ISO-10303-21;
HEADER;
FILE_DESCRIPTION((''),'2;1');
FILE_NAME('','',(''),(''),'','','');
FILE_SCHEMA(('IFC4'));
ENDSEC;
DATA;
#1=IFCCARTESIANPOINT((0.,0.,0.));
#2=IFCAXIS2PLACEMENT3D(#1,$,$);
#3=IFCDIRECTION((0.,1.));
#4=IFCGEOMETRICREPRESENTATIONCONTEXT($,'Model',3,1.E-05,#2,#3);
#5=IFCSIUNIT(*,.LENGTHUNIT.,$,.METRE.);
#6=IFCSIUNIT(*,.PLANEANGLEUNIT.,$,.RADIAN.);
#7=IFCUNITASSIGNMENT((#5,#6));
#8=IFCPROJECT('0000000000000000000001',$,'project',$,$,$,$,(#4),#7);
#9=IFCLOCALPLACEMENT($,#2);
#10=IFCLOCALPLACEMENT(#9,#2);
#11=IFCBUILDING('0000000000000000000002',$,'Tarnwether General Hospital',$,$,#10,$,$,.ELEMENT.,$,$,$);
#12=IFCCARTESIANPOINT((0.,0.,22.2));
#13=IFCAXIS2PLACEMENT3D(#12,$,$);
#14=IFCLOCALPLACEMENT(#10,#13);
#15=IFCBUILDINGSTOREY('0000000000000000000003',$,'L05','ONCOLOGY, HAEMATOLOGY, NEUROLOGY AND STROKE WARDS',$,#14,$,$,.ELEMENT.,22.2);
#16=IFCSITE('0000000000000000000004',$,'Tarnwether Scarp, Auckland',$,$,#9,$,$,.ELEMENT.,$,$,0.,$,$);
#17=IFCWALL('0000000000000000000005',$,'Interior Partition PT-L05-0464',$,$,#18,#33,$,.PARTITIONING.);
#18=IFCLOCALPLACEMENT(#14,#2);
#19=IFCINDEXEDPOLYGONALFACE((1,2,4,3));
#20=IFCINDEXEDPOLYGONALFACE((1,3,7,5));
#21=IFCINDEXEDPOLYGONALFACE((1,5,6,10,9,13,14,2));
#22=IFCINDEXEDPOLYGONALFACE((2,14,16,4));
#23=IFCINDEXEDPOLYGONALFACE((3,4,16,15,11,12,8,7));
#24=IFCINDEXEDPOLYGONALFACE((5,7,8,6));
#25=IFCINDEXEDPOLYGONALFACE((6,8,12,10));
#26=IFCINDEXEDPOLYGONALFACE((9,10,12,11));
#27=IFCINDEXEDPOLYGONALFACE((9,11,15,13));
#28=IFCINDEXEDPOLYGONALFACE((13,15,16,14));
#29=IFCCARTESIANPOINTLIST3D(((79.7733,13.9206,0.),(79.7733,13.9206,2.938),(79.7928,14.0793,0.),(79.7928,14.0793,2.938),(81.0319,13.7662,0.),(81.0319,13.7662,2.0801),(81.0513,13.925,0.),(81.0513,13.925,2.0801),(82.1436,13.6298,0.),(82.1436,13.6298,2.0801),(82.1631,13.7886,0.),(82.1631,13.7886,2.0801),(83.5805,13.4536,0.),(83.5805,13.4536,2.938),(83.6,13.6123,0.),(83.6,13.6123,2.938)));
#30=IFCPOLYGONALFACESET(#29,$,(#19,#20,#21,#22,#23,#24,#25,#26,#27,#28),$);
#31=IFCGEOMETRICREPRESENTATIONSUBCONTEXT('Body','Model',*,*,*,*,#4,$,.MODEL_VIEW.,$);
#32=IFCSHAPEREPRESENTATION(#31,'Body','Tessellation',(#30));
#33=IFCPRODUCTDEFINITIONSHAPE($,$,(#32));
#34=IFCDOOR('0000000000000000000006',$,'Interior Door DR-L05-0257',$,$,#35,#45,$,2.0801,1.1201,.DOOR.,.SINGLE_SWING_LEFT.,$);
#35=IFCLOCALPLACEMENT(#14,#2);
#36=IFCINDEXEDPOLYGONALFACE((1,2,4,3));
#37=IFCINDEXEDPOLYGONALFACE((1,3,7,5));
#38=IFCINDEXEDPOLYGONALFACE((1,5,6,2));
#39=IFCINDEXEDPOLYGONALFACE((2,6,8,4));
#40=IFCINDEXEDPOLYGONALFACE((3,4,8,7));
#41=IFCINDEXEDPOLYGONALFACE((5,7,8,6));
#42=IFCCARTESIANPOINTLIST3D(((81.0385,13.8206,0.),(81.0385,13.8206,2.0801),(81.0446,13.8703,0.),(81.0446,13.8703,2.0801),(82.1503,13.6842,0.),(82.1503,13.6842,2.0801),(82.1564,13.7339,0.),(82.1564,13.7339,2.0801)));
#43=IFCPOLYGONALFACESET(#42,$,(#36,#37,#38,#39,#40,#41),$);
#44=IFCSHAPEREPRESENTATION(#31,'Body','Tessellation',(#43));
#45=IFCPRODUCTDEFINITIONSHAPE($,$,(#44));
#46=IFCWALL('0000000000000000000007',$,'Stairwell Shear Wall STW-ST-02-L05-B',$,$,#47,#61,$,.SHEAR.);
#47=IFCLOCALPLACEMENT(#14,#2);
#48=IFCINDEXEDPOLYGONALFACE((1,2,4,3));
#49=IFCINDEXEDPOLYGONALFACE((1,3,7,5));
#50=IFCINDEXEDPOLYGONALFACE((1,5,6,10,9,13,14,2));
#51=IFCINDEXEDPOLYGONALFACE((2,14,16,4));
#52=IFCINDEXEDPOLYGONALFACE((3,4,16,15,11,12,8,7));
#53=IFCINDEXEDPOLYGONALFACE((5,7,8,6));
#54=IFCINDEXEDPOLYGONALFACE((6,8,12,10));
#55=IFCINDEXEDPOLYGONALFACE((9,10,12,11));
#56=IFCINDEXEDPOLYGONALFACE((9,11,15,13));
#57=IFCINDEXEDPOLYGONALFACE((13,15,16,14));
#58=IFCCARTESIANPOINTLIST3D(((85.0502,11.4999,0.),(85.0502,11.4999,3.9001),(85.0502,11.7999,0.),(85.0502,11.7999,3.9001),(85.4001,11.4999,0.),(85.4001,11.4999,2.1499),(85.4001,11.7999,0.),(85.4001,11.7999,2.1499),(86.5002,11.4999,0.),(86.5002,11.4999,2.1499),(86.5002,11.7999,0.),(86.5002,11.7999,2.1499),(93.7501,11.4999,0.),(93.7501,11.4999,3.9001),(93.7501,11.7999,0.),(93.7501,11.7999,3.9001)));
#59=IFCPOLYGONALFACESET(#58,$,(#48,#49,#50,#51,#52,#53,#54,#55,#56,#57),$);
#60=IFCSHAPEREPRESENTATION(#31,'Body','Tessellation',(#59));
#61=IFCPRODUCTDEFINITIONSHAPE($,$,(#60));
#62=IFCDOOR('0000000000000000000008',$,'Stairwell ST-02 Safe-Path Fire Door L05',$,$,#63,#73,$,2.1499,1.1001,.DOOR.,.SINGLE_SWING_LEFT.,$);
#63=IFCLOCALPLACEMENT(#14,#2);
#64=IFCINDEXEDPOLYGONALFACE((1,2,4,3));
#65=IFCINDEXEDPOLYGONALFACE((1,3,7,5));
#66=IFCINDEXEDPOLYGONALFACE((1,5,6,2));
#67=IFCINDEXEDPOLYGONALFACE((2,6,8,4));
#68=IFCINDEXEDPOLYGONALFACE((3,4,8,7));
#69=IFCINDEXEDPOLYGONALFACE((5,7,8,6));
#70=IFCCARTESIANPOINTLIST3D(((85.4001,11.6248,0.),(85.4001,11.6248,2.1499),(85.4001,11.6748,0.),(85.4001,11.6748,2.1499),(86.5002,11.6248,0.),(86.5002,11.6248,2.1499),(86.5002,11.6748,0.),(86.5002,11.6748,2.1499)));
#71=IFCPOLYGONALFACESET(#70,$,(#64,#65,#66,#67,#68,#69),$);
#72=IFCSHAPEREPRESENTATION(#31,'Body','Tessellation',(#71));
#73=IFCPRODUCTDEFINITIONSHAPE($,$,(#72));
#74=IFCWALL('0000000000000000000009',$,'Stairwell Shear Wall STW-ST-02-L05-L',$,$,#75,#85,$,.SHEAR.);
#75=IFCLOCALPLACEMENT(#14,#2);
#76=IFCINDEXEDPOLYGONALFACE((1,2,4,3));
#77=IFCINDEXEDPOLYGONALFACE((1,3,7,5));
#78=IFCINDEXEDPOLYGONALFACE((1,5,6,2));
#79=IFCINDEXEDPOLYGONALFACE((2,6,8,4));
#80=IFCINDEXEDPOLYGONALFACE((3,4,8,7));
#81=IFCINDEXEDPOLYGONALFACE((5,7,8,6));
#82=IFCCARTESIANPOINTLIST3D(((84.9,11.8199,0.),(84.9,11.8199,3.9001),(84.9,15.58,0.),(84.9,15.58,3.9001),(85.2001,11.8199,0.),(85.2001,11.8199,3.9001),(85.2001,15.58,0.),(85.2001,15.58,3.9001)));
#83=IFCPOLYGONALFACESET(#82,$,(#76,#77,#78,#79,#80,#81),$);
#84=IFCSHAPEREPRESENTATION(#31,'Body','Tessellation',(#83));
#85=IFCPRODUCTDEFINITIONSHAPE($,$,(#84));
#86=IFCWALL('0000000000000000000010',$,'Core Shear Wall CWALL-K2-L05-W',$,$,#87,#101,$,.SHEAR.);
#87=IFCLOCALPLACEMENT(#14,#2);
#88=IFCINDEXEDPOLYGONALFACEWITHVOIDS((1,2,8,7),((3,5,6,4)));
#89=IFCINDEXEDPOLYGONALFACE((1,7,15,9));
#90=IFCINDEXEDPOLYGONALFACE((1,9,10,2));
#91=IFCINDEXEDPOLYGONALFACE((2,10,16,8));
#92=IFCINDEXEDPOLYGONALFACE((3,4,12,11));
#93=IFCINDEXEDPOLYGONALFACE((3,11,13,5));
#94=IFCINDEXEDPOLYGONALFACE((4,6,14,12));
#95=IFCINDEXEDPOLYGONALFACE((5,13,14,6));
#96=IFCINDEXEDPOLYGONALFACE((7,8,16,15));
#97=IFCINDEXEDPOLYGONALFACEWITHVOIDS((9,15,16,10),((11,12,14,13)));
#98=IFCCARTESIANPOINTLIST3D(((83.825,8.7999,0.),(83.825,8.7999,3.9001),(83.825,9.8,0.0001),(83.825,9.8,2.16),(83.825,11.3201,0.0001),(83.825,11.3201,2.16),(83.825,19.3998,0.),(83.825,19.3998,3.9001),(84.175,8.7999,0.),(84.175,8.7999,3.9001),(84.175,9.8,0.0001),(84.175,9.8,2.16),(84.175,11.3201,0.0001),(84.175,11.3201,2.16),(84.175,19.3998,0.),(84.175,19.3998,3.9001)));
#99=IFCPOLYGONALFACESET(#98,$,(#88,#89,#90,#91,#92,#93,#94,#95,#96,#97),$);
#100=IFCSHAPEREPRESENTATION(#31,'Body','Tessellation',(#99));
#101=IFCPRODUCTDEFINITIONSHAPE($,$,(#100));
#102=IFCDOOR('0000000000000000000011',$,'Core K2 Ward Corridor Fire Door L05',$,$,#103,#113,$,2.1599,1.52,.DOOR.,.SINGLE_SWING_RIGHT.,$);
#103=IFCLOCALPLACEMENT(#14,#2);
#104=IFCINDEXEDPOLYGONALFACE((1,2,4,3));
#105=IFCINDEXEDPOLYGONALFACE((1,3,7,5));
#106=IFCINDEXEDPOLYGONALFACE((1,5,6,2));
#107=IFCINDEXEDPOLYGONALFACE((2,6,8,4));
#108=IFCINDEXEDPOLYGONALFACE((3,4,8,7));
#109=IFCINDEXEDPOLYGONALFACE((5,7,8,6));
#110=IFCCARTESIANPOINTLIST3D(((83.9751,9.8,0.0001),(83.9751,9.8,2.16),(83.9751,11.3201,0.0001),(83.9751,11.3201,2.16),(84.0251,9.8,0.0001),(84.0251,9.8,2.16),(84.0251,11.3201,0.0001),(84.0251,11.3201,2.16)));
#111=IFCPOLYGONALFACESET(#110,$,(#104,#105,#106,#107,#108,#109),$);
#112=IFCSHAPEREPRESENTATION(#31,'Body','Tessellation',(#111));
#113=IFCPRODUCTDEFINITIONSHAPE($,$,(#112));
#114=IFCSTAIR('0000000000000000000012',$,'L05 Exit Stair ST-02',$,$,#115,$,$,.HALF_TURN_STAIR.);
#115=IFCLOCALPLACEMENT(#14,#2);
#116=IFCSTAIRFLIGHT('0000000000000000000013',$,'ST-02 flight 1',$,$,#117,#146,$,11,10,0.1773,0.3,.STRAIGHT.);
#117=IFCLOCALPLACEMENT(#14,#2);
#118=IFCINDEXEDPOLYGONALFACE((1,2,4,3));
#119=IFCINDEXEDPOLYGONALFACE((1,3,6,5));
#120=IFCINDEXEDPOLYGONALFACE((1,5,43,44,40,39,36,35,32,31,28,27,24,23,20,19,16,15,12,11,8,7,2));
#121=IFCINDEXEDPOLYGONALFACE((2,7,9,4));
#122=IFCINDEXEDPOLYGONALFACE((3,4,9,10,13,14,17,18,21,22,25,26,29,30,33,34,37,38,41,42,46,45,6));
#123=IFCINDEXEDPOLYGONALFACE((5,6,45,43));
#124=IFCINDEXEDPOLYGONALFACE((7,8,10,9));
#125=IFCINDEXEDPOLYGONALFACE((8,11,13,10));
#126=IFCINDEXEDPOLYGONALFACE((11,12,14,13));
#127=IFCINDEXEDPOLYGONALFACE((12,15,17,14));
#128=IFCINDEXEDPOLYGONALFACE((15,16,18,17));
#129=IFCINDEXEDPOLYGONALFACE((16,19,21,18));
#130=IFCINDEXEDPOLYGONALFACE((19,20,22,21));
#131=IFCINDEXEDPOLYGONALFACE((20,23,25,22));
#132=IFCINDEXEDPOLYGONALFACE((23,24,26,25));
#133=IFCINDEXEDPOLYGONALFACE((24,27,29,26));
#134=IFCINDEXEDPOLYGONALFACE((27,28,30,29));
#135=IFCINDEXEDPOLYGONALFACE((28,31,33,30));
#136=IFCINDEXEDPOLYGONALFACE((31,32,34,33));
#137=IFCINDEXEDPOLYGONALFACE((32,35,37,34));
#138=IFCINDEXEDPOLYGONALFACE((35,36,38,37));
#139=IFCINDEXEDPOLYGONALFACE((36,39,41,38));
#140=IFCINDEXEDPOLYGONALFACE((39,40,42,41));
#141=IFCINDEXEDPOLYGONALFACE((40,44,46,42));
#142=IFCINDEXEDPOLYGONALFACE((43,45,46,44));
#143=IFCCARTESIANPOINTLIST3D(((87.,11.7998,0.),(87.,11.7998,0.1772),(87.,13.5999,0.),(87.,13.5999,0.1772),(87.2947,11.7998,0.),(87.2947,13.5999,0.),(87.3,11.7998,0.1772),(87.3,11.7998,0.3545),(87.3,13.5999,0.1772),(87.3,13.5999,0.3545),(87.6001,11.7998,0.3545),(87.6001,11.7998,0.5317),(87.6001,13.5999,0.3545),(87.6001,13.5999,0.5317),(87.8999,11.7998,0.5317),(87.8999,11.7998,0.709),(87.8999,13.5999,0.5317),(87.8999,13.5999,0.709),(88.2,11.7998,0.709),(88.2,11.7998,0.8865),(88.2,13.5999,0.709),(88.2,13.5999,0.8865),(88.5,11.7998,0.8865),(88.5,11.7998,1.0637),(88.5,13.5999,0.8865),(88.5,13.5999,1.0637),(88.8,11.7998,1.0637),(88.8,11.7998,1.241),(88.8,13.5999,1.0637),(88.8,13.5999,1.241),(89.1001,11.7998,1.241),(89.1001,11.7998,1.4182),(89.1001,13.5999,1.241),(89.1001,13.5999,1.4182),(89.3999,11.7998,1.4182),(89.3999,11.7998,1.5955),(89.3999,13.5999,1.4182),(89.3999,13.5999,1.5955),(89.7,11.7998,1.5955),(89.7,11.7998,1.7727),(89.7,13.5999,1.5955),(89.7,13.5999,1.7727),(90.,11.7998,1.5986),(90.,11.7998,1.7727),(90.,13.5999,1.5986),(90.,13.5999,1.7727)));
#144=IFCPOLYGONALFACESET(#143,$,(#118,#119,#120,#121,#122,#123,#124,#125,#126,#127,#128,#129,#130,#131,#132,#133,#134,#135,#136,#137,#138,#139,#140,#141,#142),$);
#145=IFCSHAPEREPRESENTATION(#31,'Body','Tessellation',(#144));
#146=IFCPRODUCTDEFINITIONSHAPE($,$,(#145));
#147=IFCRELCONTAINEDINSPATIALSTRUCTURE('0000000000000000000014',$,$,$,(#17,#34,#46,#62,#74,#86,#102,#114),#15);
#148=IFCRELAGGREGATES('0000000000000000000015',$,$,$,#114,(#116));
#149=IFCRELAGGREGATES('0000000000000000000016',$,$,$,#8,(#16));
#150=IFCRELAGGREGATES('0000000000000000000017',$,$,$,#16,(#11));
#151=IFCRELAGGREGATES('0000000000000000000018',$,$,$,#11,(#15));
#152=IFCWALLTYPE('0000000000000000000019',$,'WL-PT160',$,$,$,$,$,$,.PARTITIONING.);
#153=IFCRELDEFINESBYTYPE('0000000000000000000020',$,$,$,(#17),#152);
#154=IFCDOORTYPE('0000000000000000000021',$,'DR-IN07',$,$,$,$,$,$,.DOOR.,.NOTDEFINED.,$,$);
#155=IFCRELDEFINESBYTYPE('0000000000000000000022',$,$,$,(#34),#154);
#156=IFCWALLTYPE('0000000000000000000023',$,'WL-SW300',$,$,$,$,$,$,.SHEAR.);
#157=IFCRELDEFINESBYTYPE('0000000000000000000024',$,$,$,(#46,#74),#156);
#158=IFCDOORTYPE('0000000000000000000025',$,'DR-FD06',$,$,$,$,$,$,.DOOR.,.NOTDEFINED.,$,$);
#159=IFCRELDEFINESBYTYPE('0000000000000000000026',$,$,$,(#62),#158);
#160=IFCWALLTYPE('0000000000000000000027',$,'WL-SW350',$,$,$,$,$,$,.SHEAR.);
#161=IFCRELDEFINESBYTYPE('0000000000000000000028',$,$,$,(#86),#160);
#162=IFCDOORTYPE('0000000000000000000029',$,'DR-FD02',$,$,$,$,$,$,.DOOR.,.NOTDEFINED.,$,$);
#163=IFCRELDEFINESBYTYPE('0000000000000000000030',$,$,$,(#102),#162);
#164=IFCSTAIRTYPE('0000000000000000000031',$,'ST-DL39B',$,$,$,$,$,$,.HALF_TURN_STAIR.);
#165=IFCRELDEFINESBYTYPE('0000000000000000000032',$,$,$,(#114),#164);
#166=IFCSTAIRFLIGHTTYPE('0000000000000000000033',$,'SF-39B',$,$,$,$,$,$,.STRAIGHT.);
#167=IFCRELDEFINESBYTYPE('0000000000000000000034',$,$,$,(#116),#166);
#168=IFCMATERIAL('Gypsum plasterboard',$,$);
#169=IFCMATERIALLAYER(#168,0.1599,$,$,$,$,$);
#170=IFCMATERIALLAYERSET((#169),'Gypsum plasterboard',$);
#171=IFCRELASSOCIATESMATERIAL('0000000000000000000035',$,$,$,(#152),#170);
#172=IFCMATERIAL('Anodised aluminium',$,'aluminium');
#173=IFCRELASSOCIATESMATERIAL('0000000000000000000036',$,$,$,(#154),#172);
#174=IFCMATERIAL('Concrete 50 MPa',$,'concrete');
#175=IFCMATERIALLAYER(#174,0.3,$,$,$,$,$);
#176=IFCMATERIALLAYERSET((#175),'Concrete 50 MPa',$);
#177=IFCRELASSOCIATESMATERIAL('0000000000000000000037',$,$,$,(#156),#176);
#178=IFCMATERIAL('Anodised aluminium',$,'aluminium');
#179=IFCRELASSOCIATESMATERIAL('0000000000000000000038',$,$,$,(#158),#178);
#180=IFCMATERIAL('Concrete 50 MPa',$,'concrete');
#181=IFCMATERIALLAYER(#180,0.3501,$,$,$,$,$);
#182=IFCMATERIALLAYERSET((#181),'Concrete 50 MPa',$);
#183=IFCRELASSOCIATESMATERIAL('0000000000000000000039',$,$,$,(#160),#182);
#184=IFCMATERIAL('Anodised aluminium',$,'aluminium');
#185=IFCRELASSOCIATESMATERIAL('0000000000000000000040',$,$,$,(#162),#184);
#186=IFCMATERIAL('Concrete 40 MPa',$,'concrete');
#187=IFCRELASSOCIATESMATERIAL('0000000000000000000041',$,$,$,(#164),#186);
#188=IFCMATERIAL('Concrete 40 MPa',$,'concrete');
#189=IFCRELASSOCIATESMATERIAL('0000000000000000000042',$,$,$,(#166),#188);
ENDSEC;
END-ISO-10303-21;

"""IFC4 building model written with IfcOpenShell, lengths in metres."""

from ifc_helpers import new_model, si_unit, direction, frame, frame_2d, origin, place, context, subcontext, project, spatial, polyline, rectangle, outline, extrude, material, layer, layer_set, type_object, element, fill, aggregate, save


model = new_model("IFC4")

# Units and contexts
model_context = context("Model", 3, precision=1e-05, world=origin(), true_north=direction((0.0, 1.0)))
body_context = subcontext(model_context, "Body", "Model", "MODEL_VIEW")
ifc_project = project(units=[si_unit("LENGTHUNIT", "METRE"), si_unit("PLANEANGLEUNIT", "RADIAN")], contexts=[model_context])

# Site, building, storey
site_placement = place(None, origin())
site = spatial("IfcSite", under=ifc_project, at=site_placement, Name="Tarnwether Scarp, Auckland", CompositionType="ELEMENT", RefElevation=0.0)
building_placement = place(site_placement, origin())
building = spatial("IfcBuilding", under=site, at=building_placement, Name="Tarnwether General Hospital", CompositionType="ELEMENT")
storey_placement = place(building_placement, frame((0.0, 0.0, 22.2)))
storey = spatial("IfcBuildingStorey", under=building, at=storey_placement, Name="L05", Description="ONCOLOGY, HAEMATOLOGY, NEUROLOGY AND STROKE WARDS", CompositionType="ELEMENT", Elevation=22.2)

# Walls, openings, doors
ifc_material_1 = material(Name="Gypsum plasterboard")
ifc_layer_1 = layer(ifc_material_1, 0.1599)
ifc_layer_set_1 = layer_set([ifc_layer_1], Name="Gypsum plasterboard")
wall_type_1 = type_object("IfcWallType", Name="WL-PT160", PredefinedType="PARTITIONING", material=ifc_layer_set_1)
wall_1_placement = place(storey_placement, frame((79.783, 14.0, 0.0), z_axis=(0.0, 0.0, 1.0), x_axis=(0.992559, -0.121763, 0.0)))
wall_1 = element("IfcWall", 1, at=wall_1_placement, inside=storey, type_object=wall_type_1, Name="Interior Partition PT-L05-0464", PredefinedType="PARTITIONING", context=body_context, shape_type="SweptSolid", body=[
    extrude(rectangle(XDim=3.8357, YDim=0.1599, at=frame_2d((1.918, 0.0))), origin(), (0.0, 0.0, 1.0), 2.938),
])
opening_1_placement = place(wall_1_placement, frame((1.2681, 0.0, 0.0)))
opening_1 = element("IfcOpeningElement", 2, at=opening_1_placement, cuts=wall_1, PredefinedType="OPENING", context=body_context, shape_type="SweptSolid", body=[
    extrude(rectangle(XDim=1.1201, YDim=2.0801, at=frame_2d((0.5601, 1.04))), frame((0.0, 0.0898, 0.0), z_axis=(0.0, -1.0, 0.0), x_axis=(1.0, 0.0, 0.0)), (0.0, 0.0, 1.0), 0.1799),
])
ifc_material_2 = material(Name="Anodised aluminium", Category="aluminium")
door_type_1 = type_object("IfcDoorType", Name="DR-IN07", OperationType="NOTDEFINED", PredefinedType="DOOR", material=ifc_material_2)
door_1_placement = place(opening_1_placement, origin())
door_1 = element("IfcDoor", 3, at=door_1_placement, inside=storey, type_object=door_type_1, Name="Interior Door DR-L05-0257", OperationType="SINGLE_SWING_LEFT", OverallHeight=2.0801, OverallWidth=1.1201, PredefinedType="DOOR", context=body_context, shape_type="SweptSolid", body=[
    extrude(rectangle(XDim=1.1201, YDim=2.0801, at=frame_2d((0.5601, 1.04))), frame((0.0, 0.0249, 0.0), z_axis=(0.0, -1.0, 0.0), x_axis=(1.0, 0.0, 0.0)), (0.0, 0.0, 1.0), 0.05),
])
fill(opening_1, door_1)
ifc_material_3 = material(Name="Concrete 50 MPa", Category="concrete")
ifc_layer_2 = layer(ifc_material_3, 0.3)
ifc_layer_set_2 = layer_set([ifc_layer_2], Name="Concrete 50 MPa")
wall_type_2 = type_object("IfcWallType", Name="WL-SW300", PredefinedType="SHEAR", material=ifc_layer_set_2)
wall_2_placement = place(storey_placement, frame((85.05, 11.6499, 0.0), z_axis=(0.0, 0.0, 1.0), x_axis=(1.0, 0.0, 0.0)))
wall_2 = element("IfcWall", 4, at=wall_2_placement, inside=storey, type_object=wall_type_2, Name="Stairwell Shear Wall STW-ST-02-L05-B", PredefinedType="SHEAR", context=body_context, shape_type="SweptSolid", body=[
    extrude(rectangle(XDim=8.7, YDim=0.3, at=frame_2d((4.3501, 0.0))), origin(), (0.0, 0.0, 1.0), 3.9001),
])
opening_2_placement = place(wall_2_placement, frame((0.3501, 0.0, 0.0)))
opening_2 = element("IfcOpeningElement", 5, at=opening_2_placement, cuts=wall_2, PredefinedType="OPENING", context=body_context, shape_type="SweptSolid", body=[
    extrude(rectangle(XDim=1.1001, YDim=2.1499, at=frame_2d((0.55, 1.075))), frame((0.0, 0.1602, 0.0), z_axis=(0.0, -1.0, 0.0), x_axis=(1.0, 0.0, 0.0)), (0.0, 0.0, 1.0), 0.3201),
])
ifc_material_4 = material(Name="Anodised aluminium", Category="aluminium")
door_type_2 = type_object("IfcDoorType", Name="DR-FD06", OperationType="NOTDEFINED", PredefinedType="DOOR", material=ifc_material_4)
door_2_placement = place(opening_2_placement, origin())
door_2 = element("IfcDoor", 6, at=door_2_placement, inside=storey, type_object=door_type_2, Name="Stairwell ST-02 Safe-Path Fire Door L05", OperationType="SINGLE_SWING_LEFT", OverallHeight=2.1499, OverallWidth=1.1001, PredefinedType="DOOR", context=body_context, shape_type="SweptSolid", body=[
    extrude(rectangle(XDim=1.1001, YDim=2.1499, at=frame_2d((0.55, 1.075))), frame((0.0, 0.0249, 0.0), z_axis=(0.0, -1.0, 0.0), x_axis=(1.0, 0.0, 0.0)), (0.0, 0.0, 1.0), 0.05),
])
fill(opening_2, door_2)

# Wall
wall_3_placement = place(storey_placement, frame((85.05, 11.8201, 0.0), z_axis=(0.0, 0.0, 1.0), x_axis=(0.0, 1.0, 0.0)))
element("IfcWall", 7, at=wall_3_placement, inside=storey, type_object=wall_type_2, Name="Stairwell Shear Wall STW-ST-02-L05-L", PredefinedType="SHEAR", context=body_context, shape_type="SweptSolid", body=[
    extrude(rectangle(XDim=3.76, YDim=0.3, at=frame_2d((1.8799, 0.0))), origin(), (0.0, 0.0, 1.0), 3.9001),
])

# Wall, opening, door
ifc_material_5 = material(Name="Concrete 50 MPa", Category="concrete")
ifc_layer_3 = layer(ifc_material_5, 0.3501)
ifc_layer_set_3 = layer_set([ifc_layer_3], Name="Concrete 50 MPa")
wall_type_3 = type_object("IfcWallType", Name="WL-SW350", PredefinedType="SHEAR", material=ifc_layer_set_3)
wall_4_placement = place(storey_placement, frame((84.0, 8.8, 0.0), z_axis=(0.0, 0.0, 1.0), x_axis=(0.0, 1.0, 0.0)))
wall_4 = element("IfcWall", 8, at=wall_4_placement, inside=storey, type_object=wall_type_3, Name="Core Shear Wall CWALL-K2-L05-W", PredefinedType="SHEAR", context=body_context, shape_type="SweptSolid", body=[
    extrude(rectangle(XDim=10.5999, YDim=0.3501, at=frame_2d((5.2998, 0.0))), origin(), (0.0, 0.0, 1.0), 3.9001),
])
opening_3_placement = place(wall_4_placement, frame((1.0, 0.0, 0.0)))
opening_3 = element("IfcOpeningElement", 9, at=opening_3_placement, cuts=wall_4, PredefinedType="OPENING", context=body_context, shape_type="SweptSolid", body=[
    extrude(rectangle(XDim=1.52, YDim=2.1599, at=frame_2d((0.76, 1.0801))), frame((0.0, 0.1851, 0.0), z_axis=(0.0, -1.0, 0.0), x_axis=(1.0, 0.0, 0.0)), (0.0, 0.0, 1.0), 0.3701),
])
ifc_material_6 = material(Name="Anodised aluminium", Category="aluminium")
door_type_3 = type_object("IfcDoorType", Name="DR-FD02", OperationType="NOTDEFINED", PredefinedType="DOOR", material=ifc_material_6)
door_3_placement = place(opening_3_placement, origin())
door_3 = element("IfcDoor", 10, at=door_3_placement, inside=storey, type_object=door_type_3, Name="Core K2 Ward Corridor Fire Door L05", OperationType="SINGLE_SWING_RIGHT", OverallHeight=2.1599, OverallWidth=1.52, PredefinedType="DOOR", context=body_context, shape_type="SweptSolid", body=[
    extrude(rectangle(XDim=1.52, YDim=2.1599, at=frame_2d((0.76, 1.0801))), frame((0.0, 0.0249, 0.0), z_axis=(0.0, -1.0, 0.0), x_axis=(1.0, 0.0, 0.0)), (0.0, 0.0, 1.0), 0.05),
])
fill(opening_3, door_3)

# Stair, stair flight
ifc_material_7 = material(Name="Concrete 40 MPa", Category="concrete")
stair_type = type_object("IfcStairType", Name="ST-DL39B", PredefinedType="HALF_TURN_STAIR", material=ifc_material_7)
stair_placement = place(storey_placement, origin())
stair = element("IfcStair", 11, at=stair_placement, inside=storey, type_object=stair_type, Name="L05 Exit Stair ST-02", PredefinedType="HALF_TURN_STAIR")
ifc_material_8 = material(Name="Concrete 40 MPa", Category="concrete")
stair_flight_type = type_object("IfcStairFlightType", Name="SF-39B", PredefinedType="STRAIGHT", material=ifc_material_8)
stair_flight_placement = place(storey_placement, frame((87.0, 12.7, 0.0), z_axis=(0.0, 0.0, 1.0), x_axis=(1.0, 0.0, 0.0)))
stair_flight = element("IfcStairFlight", 12, at=stair_flight_placement, type_object=stair_flight_type, Name="ST-02 flight 1", NumberOfRisers=11, NumberOfTreads=10, PredefinedType="STRAIGHT", RiserHeight=0.1773, TreadLength=0.3, context=body_context, shape_type="SweptSolid", body=[
    extrude(outline(polyline([(0.0, 0.0), (0.0, 0.1772), (0.3, 0.1772), (0.3, 0.3545), (0.6001, 0.3545), (0.6001, 0.5317), (0.8999, 0.5317), (0.8999, 0.709), (1.2, 0.709), (1.2, 0.8865), (1.5, 0.8865), (1.5, 1.0637), (1.8, 1.0637), (1.8, 1.241), (2.1001, 1.241), (2.1001, 1.4182), (2.3999, 1.4182), (2.3999, 1.5955), (2.7, 1.5955), (2.7, 1.7727), (3.0, 1.7727), (3.0, 1.95), (3.0, 1.5986), (0.2947, 0.0), (0.0, 0.0)])), frame((0.0, 0.8999, 0.0), z_axis=(0.0, -1.0, 0.0), x_axis=(1.0, 0.0, 0.0)), (0.0, 0.0, 1.0), 1.8),
])
aggregate(stair, [stair_flight])

save(model, "model.ifc")
